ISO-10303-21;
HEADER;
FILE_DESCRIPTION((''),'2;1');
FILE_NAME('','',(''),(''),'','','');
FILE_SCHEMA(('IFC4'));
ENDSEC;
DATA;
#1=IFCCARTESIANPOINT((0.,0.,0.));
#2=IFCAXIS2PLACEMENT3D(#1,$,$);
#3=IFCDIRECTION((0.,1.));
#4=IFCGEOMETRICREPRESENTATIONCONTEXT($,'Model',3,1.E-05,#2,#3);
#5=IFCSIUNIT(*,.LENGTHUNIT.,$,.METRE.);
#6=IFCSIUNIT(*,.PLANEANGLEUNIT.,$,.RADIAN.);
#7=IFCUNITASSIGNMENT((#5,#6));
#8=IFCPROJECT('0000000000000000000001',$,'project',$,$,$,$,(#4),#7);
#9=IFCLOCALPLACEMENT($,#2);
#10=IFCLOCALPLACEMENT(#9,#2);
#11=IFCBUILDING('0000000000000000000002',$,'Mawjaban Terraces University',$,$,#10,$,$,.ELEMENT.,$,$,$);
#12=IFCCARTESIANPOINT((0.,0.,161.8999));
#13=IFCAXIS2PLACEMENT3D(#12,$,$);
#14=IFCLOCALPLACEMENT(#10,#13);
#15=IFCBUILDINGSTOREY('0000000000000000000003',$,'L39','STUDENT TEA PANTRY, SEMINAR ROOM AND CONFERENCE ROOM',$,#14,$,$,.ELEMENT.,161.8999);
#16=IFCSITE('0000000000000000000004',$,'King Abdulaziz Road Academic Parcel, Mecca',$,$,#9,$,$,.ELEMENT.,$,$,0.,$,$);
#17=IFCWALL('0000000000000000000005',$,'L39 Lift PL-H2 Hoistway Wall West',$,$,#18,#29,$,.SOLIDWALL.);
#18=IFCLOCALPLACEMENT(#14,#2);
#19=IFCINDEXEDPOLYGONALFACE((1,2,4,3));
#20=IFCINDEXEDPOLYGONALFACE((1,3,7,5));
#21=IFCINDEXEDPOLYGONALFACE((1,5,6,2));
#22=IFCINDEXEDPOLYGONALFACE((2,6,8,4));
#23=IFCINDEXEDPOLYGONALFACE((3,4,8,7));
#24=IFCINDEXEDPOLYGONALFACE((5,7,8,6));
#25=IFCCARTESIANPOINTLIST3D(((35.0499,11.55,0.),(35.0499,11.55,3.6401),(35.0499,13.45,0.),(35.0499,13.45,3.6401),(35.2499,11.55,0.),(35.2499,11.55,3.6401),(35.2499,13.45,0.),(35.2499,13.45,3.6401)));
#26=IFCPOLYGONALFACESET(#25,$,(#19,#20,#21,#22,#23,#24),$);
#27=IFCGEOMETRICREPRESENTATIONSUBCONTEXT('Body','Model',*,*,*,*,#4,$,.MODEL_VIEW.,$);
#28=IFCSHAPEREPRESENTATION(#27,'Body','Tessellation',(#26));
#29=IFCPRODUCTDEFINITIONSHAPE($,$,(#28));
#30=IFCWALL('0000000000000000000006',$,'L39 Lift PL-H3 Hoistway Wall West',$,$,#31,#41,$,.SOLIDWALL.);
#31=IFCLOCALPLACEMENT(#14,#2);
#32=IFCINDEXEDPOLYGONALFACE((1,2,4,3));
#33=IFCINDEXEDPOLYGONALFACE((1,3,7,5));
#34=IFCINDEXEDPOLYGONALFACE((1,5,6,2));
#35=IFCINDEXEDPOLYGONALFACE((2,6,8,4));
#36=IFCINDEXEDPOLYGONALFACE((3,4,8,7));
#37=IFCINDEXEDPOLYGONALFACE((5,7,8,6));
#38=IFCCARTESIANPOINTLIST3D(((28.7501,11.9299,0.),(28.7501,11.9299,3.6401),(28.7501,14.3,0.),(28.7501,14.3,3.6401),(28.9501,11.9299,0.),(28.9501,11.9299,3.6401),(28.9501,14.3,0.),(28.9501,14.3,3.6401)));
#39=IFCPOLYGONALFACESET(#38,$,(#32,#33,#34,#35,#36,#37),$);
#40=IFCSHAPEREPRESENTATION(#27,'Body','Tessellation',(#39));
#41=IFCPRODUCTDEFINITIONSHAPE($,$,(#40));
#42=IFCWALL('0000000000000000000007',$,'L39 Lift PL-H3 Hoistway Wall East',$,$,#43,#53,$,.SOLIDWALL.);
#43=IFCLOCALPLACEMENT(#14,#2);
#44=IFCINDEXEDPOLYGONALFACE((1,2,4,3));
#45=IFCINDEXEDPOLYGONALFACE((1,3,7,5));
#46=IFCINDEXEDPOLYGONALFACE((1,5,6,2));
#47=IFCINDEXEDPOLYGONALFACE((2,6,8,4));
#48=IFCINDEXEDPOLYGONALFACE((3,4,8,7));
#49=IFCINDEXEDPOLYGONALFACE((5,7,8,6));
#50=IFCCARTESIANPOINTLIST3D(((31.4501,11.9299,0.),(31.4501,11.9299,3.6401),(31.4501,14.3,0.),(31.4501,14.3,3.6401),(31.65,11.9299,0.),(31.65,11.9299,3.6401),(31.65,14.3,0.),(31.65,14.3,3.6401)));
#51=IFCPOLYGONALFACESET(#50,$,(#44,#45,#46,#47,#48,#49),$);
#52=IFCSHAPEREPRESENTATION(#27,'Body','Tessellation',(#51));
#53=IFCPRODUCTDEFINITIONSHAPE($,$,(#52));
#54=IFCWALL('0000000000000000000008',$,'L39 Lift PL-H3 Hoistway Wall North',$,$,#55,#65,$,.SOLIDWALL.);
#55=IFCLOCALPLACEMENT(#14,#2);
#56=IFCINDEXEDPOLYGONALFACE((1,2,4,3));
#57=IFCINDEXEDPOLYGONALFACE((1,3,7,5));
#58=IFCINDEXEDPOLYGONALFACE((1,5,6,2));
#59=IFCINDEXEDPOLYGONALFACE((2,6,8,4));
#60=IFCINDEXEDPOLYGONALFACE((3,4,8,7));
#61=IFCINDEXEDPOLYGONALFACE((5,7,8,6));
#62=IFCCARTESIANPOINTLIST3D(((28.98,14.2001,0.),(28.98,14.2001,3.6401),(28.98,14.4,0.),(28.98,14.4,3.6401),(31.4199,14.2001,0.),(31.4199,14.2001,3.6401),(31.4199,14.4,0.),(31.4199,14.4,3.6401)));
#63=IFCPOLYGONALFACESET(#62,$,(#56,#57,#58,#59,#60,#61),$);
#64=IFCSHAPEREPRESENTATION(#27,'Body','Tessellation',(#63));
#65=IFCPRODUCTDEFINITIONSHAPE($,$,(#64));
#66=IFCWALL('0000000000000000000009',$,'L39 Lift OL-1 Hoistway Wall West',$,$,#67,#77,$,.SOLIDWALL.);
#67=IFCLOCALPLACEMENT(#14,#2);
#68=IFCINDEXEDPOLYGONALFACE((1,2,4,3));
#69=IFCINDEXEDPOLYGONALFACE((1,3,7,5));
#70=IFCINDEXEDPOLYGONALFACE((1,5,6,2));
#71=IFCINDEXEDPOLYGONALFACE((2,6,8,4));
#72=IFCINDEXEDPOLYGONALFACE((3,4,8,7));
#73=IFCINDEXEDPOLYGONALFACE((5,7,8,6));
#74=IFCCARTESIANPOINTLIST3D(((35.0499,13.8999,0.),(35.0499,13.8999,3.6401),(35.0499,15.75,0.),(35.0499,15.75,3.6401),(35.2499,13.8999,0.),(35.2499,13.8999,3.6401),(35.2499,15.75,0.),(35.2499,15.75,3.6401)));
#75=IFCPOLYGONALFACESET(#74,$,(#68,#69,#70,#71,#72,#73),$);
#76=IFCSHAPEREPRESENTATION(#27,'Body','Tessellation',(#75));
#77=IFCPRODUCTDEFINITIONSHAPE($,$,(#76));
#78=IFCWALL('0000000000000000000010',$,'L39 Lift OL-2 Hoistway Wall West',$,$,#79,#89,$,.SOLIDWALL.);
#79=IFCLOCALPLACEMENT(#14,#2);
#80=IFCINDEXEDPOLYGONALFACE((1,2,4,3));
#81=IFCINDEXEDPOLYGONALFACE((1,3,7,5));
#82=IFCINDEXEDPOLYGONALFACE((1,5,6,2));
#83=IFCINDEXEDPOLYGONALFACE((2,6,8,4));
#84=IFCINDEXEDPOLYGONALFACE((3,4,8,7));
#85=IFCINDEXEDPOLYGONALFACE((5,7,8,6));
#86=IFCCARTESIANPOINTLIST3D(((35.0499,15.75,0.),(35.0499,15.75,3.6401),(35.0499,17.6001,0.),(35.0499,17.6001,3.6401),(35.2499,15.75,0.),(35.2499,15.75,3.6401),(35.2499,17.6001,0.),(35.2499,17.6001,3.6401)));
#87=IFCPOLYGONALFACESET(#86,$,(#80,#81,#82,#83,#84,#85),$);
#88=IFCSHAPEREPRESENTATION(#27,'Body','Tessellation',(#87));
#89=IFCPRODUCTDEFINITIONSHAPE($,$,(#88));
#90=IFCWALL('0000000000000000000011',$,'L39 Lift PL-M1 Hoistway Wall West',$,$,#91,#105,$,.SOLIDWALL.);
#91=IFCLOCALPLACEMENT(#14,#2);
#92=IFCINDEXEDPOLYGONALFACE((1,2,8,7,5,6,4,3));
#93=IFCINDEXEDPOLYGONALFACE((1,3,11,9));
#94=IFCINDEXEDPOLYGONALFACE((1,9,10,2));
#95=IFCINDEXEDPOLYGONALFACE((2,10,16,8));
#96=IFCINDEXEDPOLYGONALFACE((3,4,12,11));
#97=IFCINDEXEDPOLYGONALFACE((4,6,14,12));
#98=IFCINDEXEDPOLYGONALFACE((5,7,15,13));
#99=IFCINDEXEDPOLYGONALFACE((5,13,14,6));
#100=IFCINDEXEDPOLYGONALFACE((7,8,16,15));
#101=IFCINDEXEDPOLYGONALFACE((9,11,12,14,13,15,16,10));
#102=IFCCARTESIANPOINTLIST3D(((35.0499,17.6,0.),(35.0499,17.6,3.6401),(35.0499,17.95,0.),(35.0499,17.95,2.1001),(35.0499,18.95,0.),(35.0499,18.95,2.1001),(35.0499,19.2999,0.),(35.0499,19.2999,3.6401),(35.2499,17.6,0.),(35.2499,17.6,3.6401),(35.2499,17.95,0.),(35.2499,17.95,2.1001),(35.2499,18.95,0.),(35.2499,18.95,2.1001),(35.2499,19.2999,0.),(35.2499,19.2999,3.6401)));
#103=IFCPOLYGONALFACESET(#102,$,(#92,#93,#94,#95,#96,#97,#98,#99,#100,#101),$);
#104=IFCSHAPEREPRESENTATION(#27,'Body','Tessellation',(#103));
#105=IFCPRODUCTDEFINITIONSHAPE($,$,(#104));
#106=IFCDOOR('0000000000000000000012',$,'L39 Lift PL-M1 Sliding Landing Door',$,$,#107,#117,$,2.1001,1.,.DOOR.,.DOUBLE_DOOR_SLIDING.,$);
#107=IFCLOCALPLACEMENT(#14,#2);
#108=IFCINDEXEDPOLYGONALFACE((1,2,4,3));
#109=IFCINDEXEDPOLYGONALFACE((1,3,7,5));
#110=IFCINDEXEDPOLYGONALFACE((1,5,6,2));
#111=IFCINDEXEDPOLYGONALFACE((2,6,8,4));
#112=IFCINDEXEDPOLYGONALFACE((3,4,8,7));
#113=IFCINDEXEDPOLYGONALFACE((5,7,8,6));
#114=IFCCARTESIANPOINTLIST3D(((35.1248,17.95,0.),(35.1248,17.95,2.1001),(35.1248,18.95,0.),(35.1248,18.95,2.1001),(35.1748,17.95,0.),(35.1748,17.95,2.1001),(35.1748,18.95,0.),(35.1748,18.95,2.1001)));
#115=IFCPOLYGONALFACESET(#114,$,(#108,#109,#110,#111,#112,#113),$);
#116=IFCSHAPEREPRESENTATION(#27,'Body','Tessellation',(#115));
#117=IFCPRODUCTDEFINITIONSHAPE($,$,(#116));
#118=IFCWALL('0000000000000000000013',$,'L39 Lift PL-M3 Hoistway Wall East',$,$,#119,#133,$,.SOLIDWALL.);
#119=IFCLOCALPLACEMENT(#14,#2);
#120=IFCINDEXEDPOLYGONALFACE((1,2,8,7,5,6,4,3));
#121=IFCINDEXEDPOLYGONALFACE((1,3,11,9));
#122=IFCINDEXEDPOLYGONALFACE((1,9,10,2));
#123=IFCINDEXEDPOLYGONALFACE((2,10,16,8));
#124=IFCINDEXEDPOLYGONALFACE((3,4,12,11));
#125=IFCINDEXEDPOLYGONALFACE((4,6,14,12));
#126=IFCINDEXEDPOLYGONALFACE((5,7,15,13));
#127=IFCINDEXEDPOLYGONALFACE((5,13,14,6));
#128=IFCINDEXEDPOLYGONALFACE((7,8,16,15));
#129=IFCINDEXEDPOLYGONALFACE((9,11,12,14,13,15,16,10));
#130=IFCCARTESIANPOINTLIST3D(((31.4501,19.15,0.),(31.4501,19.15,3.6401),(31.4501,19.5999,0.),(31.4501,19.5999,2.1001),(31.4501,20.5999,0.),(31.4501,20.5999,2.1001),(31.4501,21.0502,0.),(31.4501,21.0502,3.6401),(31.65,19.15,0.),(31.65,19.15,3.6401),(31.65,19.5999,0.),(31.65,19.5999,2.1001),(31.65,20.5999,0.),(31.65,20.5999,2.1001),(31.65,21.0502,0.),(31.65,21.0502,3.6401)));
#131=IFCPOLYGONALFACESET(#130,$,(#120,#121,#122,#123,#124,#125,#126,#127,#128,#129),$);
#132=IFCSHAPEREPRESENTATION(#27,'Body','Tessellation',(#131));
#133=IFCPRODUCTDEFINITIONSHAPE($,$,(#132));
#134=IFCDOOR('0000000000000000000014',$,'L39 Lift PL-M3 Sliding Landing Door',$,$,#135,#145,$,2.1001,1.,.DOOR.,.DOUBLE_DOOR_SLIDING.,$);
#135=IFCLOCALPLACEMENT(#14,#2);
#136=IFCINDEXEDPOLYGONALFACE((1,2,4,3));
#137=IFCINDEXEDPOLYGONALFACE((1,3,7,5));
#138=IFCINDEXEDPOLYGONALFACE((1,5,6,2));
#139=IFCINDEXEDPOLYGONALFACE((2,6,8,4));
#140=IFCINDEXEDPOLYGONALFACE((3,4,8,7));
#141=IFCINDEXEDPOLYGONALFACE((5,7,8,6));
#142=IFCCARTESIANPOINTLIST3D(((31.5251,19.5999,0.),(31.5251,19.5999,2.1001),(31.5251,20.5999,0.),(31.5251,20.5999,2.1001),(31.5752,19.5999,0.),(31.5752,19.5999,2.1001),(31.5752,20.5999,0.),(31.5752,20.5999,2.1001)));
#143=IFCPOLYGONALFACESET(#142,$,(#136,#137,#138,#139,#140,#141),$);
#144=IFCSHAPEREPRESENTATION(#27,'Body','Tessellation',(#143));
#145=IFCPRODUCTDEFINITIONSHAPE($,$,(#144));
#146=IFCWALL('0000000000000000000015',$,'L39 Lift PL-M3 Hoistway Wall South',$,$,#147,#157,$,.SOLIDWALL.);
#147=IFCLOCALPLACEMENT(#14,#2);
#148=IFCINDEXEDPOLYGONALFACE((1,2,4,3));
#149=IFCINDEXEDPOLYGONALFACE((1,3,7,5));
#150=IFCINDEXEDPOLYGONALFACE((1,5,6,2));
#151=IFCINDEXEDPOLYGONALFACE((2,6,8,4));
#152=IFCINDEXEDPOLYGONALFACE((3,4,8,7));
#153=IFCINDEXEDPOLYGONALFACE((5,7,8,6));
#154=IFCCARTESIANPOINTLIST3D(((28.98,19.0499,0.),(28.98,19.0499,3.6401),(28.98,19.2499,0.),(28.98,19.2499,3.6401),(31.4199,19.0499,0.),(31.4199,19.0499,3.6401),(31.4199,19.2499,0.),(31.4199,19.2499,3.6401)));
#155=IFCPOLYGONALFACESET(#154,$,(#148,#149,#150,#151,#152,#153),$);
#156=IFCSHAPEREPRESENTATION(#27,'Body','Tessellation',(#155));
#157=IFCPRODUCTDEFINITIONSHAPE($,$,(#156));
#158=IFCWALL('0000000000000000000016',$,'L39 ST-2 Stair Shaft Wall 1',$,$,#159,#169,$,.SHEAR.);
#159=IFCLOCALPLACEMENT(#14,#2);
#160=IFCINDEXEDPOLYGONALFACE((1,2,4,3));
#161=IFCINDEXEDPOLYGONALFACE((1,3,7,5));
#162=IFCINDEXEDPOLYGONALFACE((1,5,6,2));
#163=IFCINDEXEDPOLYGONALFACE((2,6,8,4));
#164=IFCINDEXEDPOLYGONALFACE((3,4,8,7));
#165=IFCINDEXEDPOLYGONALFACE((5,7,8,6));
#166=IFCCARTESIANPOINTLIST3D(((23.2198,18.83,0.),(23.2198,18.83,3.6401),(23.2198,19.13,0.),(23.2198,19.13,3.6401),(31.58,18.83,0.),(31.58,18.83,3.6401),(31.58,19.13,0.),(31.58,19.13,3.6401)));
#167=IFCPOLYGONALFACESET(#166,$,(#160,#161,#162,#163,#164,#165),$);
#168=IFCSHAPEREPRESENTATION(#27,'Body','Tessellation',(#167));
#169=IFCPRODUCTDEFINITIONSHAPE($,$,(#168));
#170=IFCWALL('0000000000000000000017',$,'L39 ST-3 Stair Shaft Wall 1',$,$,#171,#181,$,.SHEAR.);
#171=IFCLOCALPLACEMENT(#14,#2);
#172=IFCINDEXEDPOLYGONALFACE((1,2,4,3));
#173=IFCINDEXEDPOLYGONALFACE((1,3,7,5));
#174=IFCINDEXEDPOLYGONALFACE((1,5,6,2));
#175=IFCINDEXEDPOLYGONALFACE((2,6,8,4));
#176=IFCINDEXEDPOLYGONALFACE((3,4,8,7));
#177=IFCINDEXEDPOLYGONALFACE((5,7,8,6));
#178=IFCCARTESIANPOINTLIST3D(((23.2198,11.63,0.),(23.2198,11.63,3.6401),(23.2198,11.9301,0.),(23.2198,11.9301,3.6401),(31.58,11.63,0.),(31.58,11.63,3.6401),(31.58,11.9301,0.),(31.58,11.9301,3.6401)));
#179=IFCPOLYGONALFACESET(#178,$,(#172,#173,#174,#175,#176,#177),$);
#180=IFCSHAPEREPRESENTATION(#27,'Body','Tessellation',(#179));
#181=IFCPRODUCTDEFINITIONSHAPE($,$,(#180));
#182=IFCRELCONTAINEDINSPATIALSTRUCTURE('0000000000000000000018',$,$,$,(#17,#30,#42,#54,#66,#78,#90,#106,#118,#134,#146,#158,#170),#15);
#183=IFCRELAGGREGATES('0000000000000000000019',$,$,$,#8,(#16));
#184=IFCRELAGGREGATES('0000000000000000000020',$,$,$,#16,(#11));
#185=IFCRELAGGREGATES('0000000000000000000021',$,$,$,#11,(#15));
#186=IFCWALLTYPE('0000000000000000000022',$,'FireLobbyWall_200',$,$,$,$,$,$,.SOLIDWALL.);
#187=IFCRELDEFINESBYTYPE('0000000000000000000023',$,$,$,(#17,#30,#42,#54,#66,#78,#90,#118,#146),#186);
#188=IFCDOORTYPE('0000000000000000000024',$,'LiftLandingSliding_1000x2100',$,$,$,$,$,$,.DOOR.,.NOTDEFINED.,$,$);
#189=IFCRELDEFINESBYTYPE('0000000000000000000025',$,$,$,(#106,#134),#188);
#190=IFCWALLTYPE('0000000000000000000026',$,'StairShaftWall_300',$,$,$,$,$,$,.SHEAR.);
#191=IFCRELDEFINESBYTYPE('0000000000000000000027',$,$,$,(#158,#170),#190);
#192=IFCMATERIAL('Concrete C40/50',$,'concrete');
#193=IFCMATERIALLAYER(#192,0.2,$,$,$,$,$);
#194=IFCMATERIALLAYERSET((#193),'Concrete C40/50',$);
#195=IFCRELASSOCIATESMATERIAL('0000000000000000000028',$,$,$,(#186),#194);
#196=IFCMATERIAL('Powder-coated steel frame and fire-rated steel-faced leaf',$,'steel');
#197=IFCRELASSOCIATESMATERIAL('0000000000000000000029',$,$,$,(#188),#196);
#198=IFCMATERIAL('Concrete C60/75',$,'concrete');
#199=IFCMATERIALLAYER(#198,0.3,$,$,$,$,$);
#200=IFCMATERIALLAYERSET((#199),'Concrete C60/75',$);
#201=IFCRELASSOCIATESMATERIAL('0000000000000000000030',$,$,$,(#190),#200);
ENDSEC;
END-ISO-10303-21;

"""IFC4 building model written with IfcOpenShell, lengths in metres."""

from ifc_helpers import new_model, si_unit, direction, frame, frame_2d, origin, place, context, subcontext, project, spatial, rectangle, extrude, material, layer, layer_set, type_object, element, fill, save


model = new_model("IFC4")

# Units and contexts
model_context = context("Model", 3, precision=1e-05, world=origin(), true_north=direction((0.0, 1.0)))
body_context = subcontext(model_context, "Body", "Model", "MODEL_VIEW")
ifc_project = project(units=[si_unit("LENGTHUNIT", "METRE"), si_unit("PLANEANGLEUNIT", "RADIAN")], contexts=[model_context])

# Site, building, storey
site_placement = place(None, origin())
site = spatial("IfcSite", under=ifc_project, at=site_placement, Name="King Abdulaziz Road Academic Parcel, Mecca", CompositionType="ELEMENT", RefElevation=0.0)
building_placement = place(site_placement, origin())
building = spatial("IfcBuilding", under=site, at=building_placement, Name="Mawjaban Terraces University", CompositionType="ELEMENT")
storey_placement = place(building_placement, frame((0.0, 0.0, 161.8999)))
storey = spatial("IfcBuildingStorey", under=building, at=storey_placement, Name="L39", Description="STUDENT TEA PANTRY, SEMINAR ROOM AND CONFERENCE ROOM", CompositionType="ELEMENT", Elevation=161.8999)

# Walls
ifc_material_1 = material(Name="Concrete C40/50", Category="concrete")
ifc_layer_1 = layer(ifc_material_1, 0.2)
ifc_layer_set_1 = layer_set([ifc_layer_1], Name="Concrete C40/50")
wall_type_1 = type_object("IfcWallType", Name="FireLobbyWall_200", PredefinedType="SOLIDWALL", material=ifc_layer_set_1)
wall_1_placement = place(storey_placement, frame((35.1499, 13.45, 0.0), z_axis=(0.0, 0.0, 1.0), x_axis=(0.0, -1.0, 0.0)))
element("IfcWall", 1, at=wall_1_placement, inside=storey, type_object=wall_type_1, Name="L39 Lift PL-H2 Hoistway Wall West", PredefinedType="SOLIDWALL", context=body_context, shape_type="SweptSolid", body=[
    extrude(rectangle(XDim=1.8999, YDim=0.2, at=frame_2d((0.95, 0.0))), origin(), (0.0, 0.0, 1.0), 3.6401),
])
for number, where, z_axis, x_axis, name in (
    (2, (28.8501, 14.3, 0.0), (0.0, 0.0, 1.0), (0.0, -1.0, 0.0), "L39 Lift PL-H3 Hoistway Wall West"),
    (3, (31.55, 11.9299, 0.0), (0.0, 0.0, 1.0), (0.0, 1.0, 0.0), "L39 Lift PL-H3 Hoistway Wall East"),
):
    element("IfcWall", number, at=place(storey_placement, frame(where, z_axis=z_axis, x_axis=x_axis)), inside=storey, type_object=wall_type_1, Name=name, PredefinedType="SOLIDWALL", context=body_context, shape_type="SweptSolid", body=[
        extrude(rectangle(XDim=2.3701, YDim=0.2, at=frame_2d((1.1851, 0.0))), origin(), (0.0, 0.0, 1.0), 3.6401),
    ])
wall_2_placement = place(storey_placement, frame((31.4199, 14.3, 0.0), z_axis=(0.0, 0.0, 1.0), x_axis=(-1.0, 0.0, 0.0)))
element("IfcWall", 4, at=wall_2_placement, inside=storey, type_object=wall_type_1, Name="L39 Lift PL-H3 Hoistway Wall North", PredefinedType="SOLIDWALL", context=body_context, shape_type="SweptSolid", body=[
    extrude(rectangle(XDim=2.4399, YDim=0.2, at=frame_2d((1.22, 0.0))), origin(), (0.0, 0.0, 1.0), 3.6401),
])
for number, where, z_axis, x_axis, name in (
    (5, (35.1499, 15.75, 0.0), (0.0, 0.0, 1.0), (0.0, -1.0, 0.0), "L39 Lift OL-1 Hoistway Wall West"),
    (6, (35.1499, 17.6001, 0.0), (0.0, 0.0, 1.0), (0.0, -1.0, 0.0), "L39 Lift OL-2 Hoistway Wall West"),
):
    element("IfcWall", number, at=place(storey_placement, frame(where, z_axis=z_axis, x_axis=x_axis)), inside=storey, type_object=wall_type_1, Name=name, PredefinedType="SOLIDWALL", context=body_context, shape_type="SweptSolid", body=[
        extrude(rectangle(XDim=1.8501, YDim=0.2, at=frame_2d((0.925, 0.0))), origin(), (0.0, 0.0, 1.0), 3.6401),
    ])

# Walls, openings, doors
wall_3_placement = place(storey_placement, frame((35.1499, 19.3, 0.0), z_axis=(0.0, 0.0, 1.0), x_axis=(0.0, -1.0, 0.0)))
wall_3 = element("IfcWall", 7, at=wall_3_placement, inside=storey, type_object=wall_type_1, Name="L39 Lift PL-M1 Hoistway Wall West", PredefinedType="SOLIDWALL", context=body_context, shape_type="SweptSolid", body=[
    extrude(rectangle(XDim=1.7, YDim=0.2, at=frame_2d((0.8501, 0.0))), origin(), (0.0, 0.0, 1.0), 3.6401),
])
opening_1_placement = place(wall_3_placement, frame((0.3501, 0.0, 0.0)))
opening_1 = element("IfcOpeningElement", 8, at=opening_1_placement, cuts=wall_3, PredefinedType="OPENING", context=body_context, shape_type="SweptSolid", body=[
    extrude(rectangle(XDim=1.0, YDim=2.1001, at=frame_2d((0.5, 1.05))), frame((0.0, 0.1099, 0.0), z_axis=(0.0, -1.0, 0.0), x_axis=(1.0, 0.0, 0.0)), (0.0, 0.0, 1.0), 0.22),
])
ifc_material_2 = material(Name="Powder-coated steel frame and fire-rated steel-faced leaf", Category="steel")
door_type_1 = type_object("IfcDoorType", Name="LiftLandingSliding_1000x2100", OperationType="NOTDEFINED", PredefinedType="DOOR", material=ifc_material_2)
door_1_placement = place(opening_1_placement, origin())
door_1 = element("IfcDoor", 9, at=door_1_placement, inside=storey, type_object=door_type_1, Name="L39 Lift PL-M1 Sliding Landing Door", OperationType="DOUBLE_DOOR_SLIDING", OverallHeight=2.1001, OverallWidth=1.0, PredefinedType="DOOR", context=body_context, shape_type="SweptSolid", body=[
    extrude(rectangle(XDim=1.0, YDim=2.1001, at=frame_2d((0.5, 1.05))), frame((0.0, 0.0249, 0.0), z_axis=(0.0, -1.0, 0.0), x_axis=(1.0, 0.0, 0.0)), (0.0, 0.0, 1.0), 0.05),
])
fill(opening_1, door_1)
wall_4_placement = place(storey_placement, frame((31.55, 19.1499, 0.0), z_axis=(0.0, 0.0, 1.0), x_axis=(0.0, 1.0, 0.0)))
wall_4 = element("IfcWall", 10, at=wall_4_placement, inside=storey, type_object=wall_type_1, Name="L39 Lift PL-M3 Hoistway Wall East", PredefinedType="SOLIDWALL", context=body_context, shape_type="SweptSolid", body=[
    extrude(rectangle(XDim=1.9001, YDim=0.2, at=frame_2d((0.9502, 0.0))), origin(), (0.0, 0.0, 1.0), 3.6401),
])
opening_2_placement = place(wall_4_placement, frame((0.45, 0.0, 0.0)))
opening_2 = element("IfcOpeningElement", 11, at=opening_2_placement, cuts=wall_4, PredefinedType="OPENING", context=body_context, shape_type="SweptSolid", body=[
    extrude(rectangle(XDim=1.0, YDim=2.1001, at=frame_2d((0.5, 1.05))), frame((0.0, 0.1099, 0.0), z_axis=(0.0, -1.0, 0.0), x_axis=(1.0, 0.0, 0.0)), (0.0, 0.0, 1.0), 0.22),
])
door_2_placement = place(opening_2_placement, origin())
door_2 = element("IfcDoor", 12, at=door_2_placement, inside=storey, type_object=door_type_1, Name="L39 Lift PL-M3 Sliding Landing Door", OperationType="DOUBLE_DOOR_SLIDING", OverallHeight=2.1001, OverallWidth=1.0, PredefinedType="DOOR", context=body_context, shape_type="SweptSolid", body=[
    extrude(rectangle(XDim=1.0, YDim=2.1001, at=frame_2d((0.5, 1.05))), frame((0.0, 0.0249, 0.0), z_axis=(0.0, -1.0, 0.0), x_axis=(1.0, 0.0, 0.0)), (0.0, 0.0, 1.0), 0.05),
])
fill(opening_2, door_2)

# Walls
wall_5_placement = place(storey_placement, frame((28.98, 19.1499, 0.0), z_axis=(0.0, 0.0, 1.0), x_axis=(1.0, 0.0, 0.0)))
element("IfcWall", 13, at=wall_5_placement, inside=storey, type_object=wall_type_1, Name="L39 Lift PL-M3 Hoistway Wall South", PredefinedType="SOLIDWALL", context=body_context, shape_type="SweptSolid", body=[
    extrude(rectangle(XDim=2.4399, YDim=0.2, at=frame_2d((1.22, 0.0))), origin(), (0.0, 0.0, 1.0), 3.6401),
])
ifc_material_3 = material(Name="Concrete C60/75", Category="concrete")
ifc_layer_2 = layer(ifc_material_3, 0.3)
ifc_layer_set_2 = layer_set([ifc_layer_2], Name="Concrete C60/75")
wall_type_2 = type_object("IfcWallType", Name="StairShaftWall_300", PredefinedType="SHEAR", material=ifc_layer_set_2)
wall_6_placement = place(storey_placement, frame((31.5801, 18.98, 0.0), z_axis=(0.0, 0.0, 1.0), x_axis=(-1.0, 0.0, 0.0)))
element("IfcWall", 14, at=wall_6_placement, inside=storey, type_object=wall_type_2, Name="L39 ST-2 Stair Shaft Wall 1", PredefinedType="SHEAR", context=body_context, shape_type="SweptSolid", body=[
    extrude(rectangle(XDim=8.3601, YDim=0.3, at=frame_2d((4.1802, 0.0))), origin(), (0.0, 0.0, 1.0), 3.6401),
])

# Wall
wall_7_placement = place(storey_placement, frame((31.5801, 11.78, 0.0), z_axis=(0.0, 0.0, 1.0), x_axis=(-1.0, 0.0, 0.0)))
element("IfcWall", 15, at=wall_7_placement, inside=storey, type_object=wall_type_2, Name="L39 ST-3 Stair Shaft Wall 1", PredefinedType="SHEAR", context=body_context, shape_type="SweptSolid", body=[
    extrude(rectangle(XDim=8.3601, YDim=0.3, at=frame_2d((4.1802, 0.0))), origin(), (0.0, 0.0, 1.0), 3.6401),
])

save(model, "model.ifc")
